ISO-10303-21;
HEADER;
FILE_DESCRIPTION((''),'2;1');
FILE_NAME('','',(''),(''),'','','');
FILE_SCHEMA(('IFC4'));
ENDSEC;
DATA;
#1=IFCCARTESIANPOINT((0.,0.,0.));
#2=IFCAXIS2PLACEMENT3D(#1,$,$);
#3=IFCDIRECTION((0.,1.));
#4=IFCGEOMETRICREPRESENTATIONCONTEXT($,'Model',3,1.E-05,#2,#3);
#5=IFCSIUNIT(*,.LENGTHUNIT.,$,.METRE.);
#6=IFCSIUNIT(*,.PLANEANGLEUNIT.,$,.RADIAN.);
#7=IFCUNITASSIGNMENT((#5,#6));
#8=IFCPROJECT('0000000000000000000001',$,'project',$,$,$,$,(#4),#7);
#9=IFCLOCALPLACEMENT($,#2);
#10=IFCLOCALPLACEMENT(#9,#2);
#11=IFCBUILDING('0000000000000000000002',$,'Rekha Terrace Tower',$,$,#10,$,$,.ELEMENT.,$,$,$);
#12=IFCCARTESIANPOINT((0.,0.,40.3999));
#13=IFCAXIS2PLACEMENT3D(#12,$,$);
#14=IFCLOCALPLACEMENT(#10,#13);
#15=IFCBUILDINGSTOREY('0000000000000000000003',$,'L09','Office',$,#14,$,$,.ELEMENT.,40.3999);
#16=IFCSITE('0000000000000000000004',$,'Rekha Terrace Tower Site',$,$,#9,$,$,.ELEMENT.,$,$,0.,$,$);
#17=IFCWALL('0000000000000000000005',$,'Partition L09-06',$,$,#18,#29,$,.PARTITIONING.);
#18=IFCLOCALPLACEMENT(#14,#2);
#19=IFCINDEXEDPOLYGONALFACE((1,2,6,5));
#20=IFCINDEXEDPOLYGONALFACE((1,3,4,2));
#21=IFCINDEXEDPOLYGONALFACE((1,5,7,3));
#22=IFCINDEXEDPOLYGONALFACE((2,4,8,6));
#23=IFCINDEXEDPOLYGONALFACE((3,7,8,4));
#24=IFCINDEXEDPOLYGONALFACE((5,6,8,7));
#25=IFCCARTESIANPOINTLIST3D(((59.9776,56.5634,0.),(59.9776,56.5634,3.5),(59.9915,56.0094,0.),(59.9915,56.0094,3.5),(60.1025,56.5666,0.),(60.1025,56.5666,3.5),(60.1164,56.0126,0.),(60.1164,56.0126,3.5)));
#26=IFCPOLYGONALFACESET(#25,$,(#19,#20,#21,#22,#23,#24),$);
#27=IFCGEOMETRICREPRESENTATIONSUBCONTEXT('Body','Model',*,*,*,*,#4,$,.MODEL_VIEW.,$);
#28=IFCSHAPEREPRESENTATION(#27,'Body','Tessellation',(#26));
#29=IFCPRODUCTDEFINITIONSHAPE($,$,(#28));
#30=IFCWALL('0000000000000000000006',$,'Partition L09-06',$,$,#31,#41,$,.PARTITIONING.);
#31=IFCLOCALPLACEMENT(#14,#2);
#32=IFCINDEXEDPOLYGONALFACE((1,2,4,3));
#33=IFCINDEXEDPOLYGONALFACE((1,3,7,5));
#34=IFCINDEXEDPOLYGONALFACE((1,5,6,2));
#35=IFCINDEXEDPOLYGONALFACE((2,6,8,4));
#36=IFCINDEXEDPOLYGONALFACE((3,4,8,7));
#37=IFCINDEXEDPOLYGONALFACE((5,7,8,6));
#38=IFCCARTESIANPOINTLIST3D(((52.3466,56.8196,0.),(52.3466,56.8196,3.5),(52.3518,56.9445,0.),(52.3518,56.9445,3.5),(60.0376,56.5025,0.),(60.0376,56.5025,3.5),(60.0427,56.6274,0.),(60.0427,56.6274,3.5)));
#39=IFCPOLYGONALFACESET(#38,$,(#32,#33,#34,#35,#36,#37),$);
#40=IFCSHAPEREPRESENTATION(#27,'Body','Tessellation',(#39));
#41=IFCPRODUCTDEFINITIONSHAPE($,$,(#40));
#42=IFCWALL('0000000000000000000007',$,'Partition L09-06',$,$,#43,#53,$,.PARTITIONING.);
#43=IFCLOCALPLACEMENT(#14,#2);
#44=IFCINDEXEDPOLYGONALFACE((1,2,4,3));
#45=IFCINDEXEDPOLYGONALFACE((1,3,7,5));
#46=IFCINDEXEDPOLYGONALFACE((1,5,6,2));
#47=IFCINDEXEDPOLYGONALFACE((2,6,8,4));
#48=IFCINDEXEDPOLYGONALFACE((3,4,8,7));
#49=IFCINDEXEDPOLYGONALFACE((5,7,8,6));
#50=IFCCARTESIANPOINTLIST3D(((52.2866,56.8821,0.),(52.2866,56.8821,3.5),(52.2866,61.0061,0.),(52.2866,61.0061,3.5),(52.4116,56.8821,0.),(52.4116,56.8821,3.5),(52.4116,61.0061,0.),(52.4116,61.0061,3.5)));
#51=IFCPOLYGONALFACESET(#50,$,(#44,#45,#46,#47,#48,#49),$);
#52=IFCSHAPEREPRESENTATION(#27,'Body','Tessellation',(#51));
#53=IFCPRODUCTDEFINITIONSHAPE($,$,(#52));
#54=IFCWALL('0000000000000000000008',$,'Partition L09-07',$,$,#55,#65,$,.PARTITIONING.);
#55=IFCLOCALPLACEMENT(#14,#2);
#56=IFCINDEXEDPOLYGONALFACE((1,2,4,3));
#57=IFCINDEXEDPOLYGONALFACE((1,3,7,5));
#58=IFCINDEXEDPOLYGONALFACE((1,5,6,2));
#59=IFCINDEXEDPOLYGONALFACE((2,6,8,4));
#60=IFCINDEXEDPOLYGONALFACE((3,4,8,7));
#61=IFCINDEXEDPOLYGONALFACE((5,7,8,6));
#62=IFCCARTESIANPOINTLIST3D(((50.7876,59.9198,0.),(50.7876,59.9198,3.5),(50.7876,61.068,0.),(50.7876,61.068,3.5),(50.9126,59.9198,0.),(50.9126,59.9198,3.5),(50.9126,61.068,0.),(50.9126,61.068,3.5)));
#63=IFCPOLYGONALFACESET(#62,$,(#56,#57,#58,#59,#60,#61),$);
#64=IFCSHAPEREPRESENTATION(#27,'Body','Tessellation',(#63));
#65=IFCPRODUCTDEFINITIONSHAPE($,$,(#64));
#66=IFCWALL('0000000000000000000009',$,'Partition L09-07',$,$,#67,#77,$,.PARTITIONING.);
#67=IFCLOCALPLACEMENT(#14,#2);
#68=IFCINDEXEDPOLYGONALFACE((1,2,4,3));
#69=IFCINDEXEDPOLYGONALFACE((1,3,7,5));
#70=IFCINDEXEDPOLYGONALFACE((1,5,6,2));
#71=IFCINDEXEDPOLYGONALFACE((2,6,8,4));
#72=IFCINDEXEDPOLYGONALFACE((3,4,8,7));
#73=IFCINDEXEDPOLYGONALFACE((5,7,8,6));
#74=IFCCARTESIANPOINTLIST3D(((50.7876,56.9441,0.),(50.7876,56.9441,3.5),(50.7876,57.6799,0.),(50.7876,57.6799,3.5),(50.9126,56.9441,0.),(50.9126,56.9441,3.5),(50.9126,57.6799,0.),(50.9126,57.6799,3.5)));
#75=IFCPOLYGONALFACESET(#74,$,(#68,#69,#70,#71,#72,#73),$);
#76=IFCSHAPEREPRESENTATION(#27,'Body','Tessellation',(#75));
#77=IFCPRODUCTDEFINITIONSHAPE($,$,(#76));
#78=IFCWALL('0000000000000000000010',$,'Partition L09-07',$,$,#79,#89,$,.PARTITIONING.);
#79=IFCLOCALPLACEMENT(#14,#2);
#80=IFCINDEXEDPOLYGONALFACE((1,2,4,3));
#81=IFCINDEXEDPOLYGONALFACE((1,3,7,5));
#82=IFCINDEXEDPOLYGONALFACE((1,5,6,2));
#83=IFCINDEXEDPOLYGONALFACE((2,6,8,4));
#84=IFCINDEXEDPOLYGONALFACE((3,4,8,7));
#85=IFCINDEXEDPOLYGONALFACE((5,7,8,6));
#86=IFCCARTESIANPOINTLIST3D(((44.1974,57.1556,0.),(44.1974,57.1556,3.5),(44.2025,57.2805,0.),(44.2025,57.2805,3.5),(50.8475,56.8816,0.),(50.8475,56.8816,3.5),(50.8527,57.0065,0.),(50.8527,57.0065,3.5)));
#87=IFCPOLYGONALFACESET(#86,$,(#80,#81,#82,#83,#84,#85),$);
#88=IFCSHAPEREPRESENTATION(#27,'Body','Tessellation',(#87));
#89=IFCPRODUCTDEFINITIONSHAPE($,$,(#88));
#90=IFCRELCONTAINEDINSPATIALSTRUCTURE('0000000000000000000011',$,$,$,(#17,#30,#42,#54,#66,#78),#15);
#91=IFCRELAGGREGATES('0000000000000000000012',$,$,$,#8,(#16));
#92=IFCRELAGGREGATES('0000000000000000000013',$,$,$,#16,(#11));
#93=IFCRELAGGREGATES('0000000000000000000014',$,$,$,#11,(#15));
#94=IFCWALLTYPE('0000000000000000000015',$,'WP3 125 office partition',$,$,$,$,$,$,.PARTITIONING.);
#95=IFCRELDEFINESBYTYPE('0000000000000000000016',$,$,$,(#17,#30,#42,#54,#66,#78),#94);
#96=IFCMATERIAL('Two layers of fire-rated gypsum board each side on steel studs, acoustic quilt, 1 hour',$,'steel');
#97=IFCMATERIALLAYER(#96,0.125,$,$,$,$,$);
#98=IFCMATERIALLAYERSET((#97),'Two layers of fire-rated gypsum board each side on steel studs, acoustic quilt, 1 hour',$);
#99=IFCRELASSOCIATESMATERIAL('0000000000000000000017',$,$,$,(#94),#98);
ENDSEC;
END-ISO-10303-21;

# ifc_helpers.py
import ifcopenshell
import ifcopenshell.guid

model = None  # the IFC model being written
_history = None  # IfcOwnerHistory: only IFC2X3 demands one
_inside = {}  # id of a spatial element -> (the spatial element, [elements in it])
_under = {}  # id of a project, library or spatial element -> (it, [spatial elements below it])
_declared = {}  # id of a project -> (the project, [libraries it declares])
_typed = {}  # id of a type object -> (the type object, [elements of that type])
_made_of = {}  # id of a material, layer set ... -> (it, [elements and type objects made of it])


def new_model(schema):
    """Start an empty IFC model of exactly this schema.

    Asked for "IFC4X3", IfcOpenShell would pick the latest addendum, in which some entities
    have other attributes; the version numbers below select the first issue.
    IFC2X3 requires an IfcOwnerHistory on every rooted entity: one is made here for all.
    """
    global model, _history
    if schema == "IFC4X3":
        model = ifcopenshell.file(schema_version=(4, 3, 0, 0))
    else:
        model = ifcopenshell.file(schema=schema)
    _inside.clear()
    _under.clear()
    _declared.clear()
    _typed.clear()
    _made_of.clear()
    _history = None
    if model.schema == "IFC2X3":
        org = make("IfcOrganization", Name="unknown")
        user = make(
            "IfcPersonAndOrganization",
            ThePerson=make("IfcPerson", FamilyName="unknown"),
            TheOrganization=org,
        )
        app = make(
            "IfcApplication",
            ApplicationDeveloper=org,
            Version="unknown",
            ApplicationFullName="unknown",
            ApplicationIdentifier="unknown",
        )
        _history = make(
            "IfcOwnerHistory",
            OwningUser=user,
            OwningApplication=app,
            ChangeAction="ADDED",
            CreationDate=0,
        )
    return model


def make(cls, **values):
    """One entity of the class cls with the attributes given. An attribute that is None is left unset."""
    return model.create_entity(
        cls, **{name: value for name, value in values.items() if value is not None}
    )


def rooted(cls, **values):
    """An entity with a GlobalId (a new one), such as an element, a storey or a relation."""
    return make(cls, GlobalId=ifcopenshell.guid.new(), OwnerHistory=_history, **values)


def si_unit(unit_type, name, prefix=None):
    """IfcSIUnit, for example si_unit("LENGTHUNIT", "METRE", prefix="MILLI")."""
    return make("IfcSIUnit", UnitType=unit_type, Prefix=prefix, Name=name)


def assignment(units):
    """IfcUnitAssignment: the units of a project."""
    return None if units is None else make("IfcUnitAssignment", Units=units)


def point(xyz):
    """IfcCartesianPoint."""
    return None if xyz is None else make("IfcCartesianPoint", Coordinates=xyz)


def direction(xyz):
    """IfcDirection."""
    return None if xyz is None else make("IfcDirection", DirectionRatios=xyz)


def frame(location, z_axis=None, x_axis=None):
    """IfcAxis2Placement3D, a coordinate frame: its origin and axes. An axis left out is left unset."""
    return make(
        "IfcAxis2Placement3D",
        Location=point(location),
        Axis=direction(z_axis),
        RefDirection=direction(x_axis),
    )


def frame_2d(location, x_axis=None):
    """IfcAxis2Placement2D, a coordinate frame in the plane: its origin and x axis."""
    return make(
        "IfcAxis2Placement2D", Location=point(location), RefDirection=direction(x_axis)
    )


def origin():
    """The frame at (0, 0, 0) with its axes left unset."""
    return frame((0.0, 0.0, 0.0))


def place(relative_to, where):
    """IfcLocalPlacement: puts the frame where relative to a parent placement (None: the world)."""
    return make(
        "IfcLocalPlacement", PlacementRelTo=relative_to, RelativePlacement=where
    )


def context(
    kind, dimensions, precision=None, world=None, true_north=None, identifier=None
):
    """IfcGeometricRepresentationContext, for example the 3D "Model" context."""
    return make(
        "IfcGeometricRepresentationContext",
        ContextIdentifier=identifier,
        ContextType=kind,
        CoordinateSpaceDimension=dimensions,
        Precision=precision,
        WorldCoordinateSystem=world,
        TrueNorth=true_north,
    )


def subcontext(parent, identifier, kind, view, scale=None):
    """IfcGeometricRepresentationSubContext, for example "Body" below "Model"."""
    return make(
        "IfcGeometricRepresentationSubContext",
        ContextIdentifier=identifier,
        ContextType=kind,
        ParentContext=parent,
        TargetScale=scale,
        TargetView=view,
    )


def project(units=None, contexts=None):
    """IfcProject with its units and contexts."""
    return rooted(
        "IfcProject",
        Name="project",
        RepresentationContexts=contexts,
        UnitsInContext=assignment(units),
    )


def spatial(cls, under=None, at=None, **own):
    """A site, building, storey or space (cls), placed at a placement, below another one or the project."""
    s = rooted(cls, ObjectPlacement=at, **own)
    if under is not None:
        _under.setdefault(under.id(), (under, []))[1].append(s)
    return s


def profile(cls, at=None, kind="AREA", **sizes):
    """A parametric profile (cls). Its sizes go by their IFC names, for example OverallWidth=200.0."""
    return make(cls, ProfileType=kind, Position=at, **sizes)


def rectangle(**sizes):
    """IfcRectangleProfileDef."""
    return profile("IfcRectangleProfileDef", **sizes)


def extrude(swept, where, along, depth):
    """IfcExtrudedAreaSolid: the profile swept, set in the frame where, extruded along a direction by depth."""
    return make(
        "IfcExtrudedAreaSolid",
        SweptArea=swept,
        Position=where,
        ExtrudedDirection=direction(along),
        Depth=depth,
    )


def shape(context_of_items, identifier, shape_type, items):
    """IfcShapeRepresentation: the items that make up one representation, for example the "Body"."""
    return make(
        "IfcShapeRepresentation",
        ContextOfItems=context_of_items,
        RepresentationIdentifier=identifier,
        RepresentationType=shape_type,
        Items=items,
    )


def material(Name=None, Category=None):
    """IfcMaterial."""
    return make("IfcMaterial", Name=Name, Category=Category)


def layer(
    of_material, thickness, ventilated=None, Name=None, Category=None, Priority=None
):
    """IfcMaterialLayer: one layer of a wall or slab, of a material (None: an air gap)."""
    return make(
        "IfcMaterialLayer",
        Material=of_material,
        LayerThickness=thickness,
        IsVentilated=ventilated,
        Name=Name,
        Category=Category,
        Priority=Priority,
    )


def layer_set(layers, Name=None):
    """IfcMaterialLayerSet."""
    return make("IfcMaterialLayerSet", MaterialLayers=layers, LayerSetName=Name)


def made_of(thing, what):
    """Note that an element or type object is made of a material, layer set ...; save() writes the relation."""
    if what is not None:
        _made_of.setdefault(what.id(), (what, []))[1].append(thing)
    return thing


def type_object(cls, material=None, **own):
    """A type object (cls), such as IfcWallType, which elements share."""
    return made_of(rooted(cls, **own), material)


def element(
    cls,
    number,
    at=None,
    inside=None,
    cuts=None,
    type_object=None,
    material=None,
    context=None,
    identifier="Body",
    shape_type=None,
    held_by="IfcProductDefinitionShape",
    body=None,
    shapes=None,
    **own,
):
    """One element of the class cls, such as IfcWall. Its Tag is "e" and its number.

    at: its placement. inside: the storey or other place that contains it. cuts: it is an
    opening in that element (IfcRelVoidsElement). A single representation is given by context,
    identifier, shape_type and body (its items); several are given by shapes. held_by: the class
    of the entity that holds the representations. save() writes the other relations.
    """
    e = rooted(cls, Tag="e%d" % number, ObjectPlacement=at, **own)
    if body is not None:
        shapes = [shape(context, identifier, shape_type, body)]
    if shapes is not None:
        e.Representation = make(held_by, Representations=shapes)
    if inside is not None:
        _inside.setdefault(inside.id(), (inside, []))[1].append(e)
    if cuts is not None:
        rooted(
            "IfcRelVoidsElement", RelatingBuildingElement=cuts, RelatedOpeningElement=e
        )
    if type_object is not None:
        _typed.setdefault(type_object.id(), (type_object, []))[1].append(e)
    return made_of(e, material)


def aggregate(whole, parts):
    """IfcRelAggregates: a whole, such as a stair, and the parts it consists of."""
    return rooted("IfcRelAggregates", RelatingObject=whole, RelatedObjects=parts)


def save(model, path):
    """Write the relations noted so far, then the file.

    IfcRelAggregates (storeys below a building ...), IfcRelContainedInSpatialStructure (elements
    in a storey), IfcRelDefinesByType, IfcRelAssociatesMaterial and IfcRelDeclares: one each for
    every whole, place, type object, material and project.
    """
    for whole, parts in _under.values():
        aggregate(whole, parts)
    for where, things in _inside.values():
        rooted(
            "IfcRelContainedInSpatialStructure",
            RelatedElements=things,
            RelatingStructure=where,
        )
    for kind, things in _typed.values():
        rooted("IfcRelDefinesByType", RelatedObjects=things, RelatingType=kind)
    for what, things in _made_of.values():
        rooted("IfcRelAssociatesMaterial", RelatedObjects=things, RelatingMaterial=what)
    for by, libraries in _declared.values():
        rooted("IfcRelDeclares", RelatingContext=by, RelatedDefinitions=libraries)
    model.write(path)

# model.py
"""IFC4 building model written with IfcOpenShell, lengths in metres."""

from ifc_helpers import new_model, si_unit, direction, frame, frame_2d, origin, place, context, subcontext, project, spatial, rectangle, extrude, material, layer, layer_set, type_object, element, save


model = new_model("IFC4")

# Units and contexts
model_context = context("Model", 3, precision=1e-05, world=origin(), true_north=direction((0.0, 1.0)))
body_context = subcontext(model_context, "Body", "Model", "MODEL_VIEW")
ifc_project = project(units=[si_unit("LENGTHUNIT", "METRE"), si_unit("PLANEANGLEUNIT", "RADIAN")], contexts=[model_context])

# Site, building, storey
site_placement = place(None, origin())
site = spatial("IfcSite", under=ifc_project, at=site_placement, Name="Rekha Terrace Tower Site", CompositionType="ELEMENT", RefElevation=0.0)
building_placement = place(site_placement, origin())
building = spatial("IfcBuilding", under=site, at=building_placement, Name="Rekha Terrace Tower", CompositionType="ELEMENT")
storey_placement = place(building_placement, frame((0.0, 0.0, 40.3999)))
storey = spatial("IfcBuildingStorey", under=building, at=storey_placement, Name="L09", Description="Office", CompositionType="ELEMENT", Elevation=40.3999)

# Walls
ifc_material_1 = material(Name="Two layers of fire-rated gypsum board each side on steel studs, acoustic quilt, 1 hour", Category="steel")
ifc_layer_1 = layer(ifc_material_1, 0.125)
ifc_layer_set_1 = layer_set([ifc_layer_1], Name="Two layers of fire-rated gypsum board each side on steel studs, acoustic quilt, 1 hour")
wall_type_1 = type_object("IfcWallType", Name="WP3 125 office partition", PredefinedType="PARTITIONING", material=ifc_layer_set_1)
wall_1_placement = place(storey_placement, frame((60.054, 56.011, 0.0), z_axis=(0.0, 0.0, 1.0), x_axis=(-0.025113, 0.999685, 0.0)))
element("IfcWall", 1, at=wall_1_placement, inside=storey, type_object=wall_type_1, Name="Partition L09-06", PredefinedType="PARTITIONING", context=body_context, shape_type="SweptSolid", body=[
    extrude(rectangle(XDim=0.5542, YDim=0.125, at=frame_2d((0.2771, 0.0))), origin(), (0.0, 0.0, 1.0), 3.5),
])
wall_2_placement = place(storey_placement, frame((60.04, 56.5649, 0.0), z_axis=(0.0, 0.0, 1.0), x_axis=(-0.999151, 0.0412, 0.0)))
element("IfcWall", 2, at=wall_2_placement, inside=storey, type_object=wall_type_1, Name="Partition L09-06", PredefinedType="PARTITIONING", context=body_context, shape_type="SweptSolid", body=[
    extrude(rectangle(XDim=7.6975, YDim=0.125, at=frame_2d((3.8486, 0.0))), origin(), (0.0, 0.0, 1.0), 3.5),
])
wall_3_placement = place(storey_placement, frame((52.3491, 56.8821, 0.0), z_axis=(0.0, 0.0, 1.0), x_axis=(0.0, 1.0, 0.0)))
element("IfcWall", 3, at=wall_3_placement, inside=storey, type_object=wall_type_1, Name="Partition L09-06", PredefinedType="PARTITIONING", context=body_context, shape_type="SweptSolid", body=[
    extrude(rectangle(XDim=4.124, YDim=0.125, at=frame_2d((2.062, 0.0))), origin(), (0.0, 0.0, 1.0), 3.5),
])
wall_4_placement = place(storey_placement, frame((50.8501, 61.0681, 0.0), z_axis=(0.0, 0.0, 1.0), x_axis=(0.0, -1.0, 0.0)))
element("IfcWall", 4, at=wall_4_placement, inside=storey, type_object=wall_type_1, Name="Partition L09-07", PredefinedType="PARTITIONING", context=body_context, shape_type="SweptSolid", body=[
    extrude(rectangle(XDim=1.1482, YDim=0.125, at=frame_2d((0.5742, 0.0))), origin(), (0.0, 0.0, 1.0), 3.5),
])
wall_5_placement = place(storey_placement, frame((50.8501, 57.6799, 0.0), z_axis=(0.0, 0.0, 1.0), x_axis=(0.0, -1.0, 0.0)))
element("IfcWall", 5, at=wall_5_placement, inside=storey, type_object=wall_type_1, Name="Partition L09-07", PredefinedType="PARTITIONING", context=body_context, shape_type="SweptSolid", body=[
    extrude(rectangle(XDim=0.7358, YDim=0.125, at=frame_2d((0.3679, 0.0))), origin(), (0.0, 0.0, 1.0), 3.5),
])
wall_6_placement = place(storey_placement, frame((50.8501, 56.9441, 0.0), z_axis=(0.0, 0.0, 1.0), x_axis=(-0.999153, 0.041156, 0.0)))
element("IfcWall", 6, at=wall_6_placement, inside=storey, type_object=wall_type_1, Name="Partition L09-07", PredefinedType="PARTITIONING", context=body_context, shape_type="SweptSolid", body=[
    extrude(rectangle(XDim=6.6558, YDim=0.125, at=frame_2d((3.3279, 0.0))), origin(), (0.0, 0.0, 1.0), 3.5),
])

save(model, "model.ifc")
